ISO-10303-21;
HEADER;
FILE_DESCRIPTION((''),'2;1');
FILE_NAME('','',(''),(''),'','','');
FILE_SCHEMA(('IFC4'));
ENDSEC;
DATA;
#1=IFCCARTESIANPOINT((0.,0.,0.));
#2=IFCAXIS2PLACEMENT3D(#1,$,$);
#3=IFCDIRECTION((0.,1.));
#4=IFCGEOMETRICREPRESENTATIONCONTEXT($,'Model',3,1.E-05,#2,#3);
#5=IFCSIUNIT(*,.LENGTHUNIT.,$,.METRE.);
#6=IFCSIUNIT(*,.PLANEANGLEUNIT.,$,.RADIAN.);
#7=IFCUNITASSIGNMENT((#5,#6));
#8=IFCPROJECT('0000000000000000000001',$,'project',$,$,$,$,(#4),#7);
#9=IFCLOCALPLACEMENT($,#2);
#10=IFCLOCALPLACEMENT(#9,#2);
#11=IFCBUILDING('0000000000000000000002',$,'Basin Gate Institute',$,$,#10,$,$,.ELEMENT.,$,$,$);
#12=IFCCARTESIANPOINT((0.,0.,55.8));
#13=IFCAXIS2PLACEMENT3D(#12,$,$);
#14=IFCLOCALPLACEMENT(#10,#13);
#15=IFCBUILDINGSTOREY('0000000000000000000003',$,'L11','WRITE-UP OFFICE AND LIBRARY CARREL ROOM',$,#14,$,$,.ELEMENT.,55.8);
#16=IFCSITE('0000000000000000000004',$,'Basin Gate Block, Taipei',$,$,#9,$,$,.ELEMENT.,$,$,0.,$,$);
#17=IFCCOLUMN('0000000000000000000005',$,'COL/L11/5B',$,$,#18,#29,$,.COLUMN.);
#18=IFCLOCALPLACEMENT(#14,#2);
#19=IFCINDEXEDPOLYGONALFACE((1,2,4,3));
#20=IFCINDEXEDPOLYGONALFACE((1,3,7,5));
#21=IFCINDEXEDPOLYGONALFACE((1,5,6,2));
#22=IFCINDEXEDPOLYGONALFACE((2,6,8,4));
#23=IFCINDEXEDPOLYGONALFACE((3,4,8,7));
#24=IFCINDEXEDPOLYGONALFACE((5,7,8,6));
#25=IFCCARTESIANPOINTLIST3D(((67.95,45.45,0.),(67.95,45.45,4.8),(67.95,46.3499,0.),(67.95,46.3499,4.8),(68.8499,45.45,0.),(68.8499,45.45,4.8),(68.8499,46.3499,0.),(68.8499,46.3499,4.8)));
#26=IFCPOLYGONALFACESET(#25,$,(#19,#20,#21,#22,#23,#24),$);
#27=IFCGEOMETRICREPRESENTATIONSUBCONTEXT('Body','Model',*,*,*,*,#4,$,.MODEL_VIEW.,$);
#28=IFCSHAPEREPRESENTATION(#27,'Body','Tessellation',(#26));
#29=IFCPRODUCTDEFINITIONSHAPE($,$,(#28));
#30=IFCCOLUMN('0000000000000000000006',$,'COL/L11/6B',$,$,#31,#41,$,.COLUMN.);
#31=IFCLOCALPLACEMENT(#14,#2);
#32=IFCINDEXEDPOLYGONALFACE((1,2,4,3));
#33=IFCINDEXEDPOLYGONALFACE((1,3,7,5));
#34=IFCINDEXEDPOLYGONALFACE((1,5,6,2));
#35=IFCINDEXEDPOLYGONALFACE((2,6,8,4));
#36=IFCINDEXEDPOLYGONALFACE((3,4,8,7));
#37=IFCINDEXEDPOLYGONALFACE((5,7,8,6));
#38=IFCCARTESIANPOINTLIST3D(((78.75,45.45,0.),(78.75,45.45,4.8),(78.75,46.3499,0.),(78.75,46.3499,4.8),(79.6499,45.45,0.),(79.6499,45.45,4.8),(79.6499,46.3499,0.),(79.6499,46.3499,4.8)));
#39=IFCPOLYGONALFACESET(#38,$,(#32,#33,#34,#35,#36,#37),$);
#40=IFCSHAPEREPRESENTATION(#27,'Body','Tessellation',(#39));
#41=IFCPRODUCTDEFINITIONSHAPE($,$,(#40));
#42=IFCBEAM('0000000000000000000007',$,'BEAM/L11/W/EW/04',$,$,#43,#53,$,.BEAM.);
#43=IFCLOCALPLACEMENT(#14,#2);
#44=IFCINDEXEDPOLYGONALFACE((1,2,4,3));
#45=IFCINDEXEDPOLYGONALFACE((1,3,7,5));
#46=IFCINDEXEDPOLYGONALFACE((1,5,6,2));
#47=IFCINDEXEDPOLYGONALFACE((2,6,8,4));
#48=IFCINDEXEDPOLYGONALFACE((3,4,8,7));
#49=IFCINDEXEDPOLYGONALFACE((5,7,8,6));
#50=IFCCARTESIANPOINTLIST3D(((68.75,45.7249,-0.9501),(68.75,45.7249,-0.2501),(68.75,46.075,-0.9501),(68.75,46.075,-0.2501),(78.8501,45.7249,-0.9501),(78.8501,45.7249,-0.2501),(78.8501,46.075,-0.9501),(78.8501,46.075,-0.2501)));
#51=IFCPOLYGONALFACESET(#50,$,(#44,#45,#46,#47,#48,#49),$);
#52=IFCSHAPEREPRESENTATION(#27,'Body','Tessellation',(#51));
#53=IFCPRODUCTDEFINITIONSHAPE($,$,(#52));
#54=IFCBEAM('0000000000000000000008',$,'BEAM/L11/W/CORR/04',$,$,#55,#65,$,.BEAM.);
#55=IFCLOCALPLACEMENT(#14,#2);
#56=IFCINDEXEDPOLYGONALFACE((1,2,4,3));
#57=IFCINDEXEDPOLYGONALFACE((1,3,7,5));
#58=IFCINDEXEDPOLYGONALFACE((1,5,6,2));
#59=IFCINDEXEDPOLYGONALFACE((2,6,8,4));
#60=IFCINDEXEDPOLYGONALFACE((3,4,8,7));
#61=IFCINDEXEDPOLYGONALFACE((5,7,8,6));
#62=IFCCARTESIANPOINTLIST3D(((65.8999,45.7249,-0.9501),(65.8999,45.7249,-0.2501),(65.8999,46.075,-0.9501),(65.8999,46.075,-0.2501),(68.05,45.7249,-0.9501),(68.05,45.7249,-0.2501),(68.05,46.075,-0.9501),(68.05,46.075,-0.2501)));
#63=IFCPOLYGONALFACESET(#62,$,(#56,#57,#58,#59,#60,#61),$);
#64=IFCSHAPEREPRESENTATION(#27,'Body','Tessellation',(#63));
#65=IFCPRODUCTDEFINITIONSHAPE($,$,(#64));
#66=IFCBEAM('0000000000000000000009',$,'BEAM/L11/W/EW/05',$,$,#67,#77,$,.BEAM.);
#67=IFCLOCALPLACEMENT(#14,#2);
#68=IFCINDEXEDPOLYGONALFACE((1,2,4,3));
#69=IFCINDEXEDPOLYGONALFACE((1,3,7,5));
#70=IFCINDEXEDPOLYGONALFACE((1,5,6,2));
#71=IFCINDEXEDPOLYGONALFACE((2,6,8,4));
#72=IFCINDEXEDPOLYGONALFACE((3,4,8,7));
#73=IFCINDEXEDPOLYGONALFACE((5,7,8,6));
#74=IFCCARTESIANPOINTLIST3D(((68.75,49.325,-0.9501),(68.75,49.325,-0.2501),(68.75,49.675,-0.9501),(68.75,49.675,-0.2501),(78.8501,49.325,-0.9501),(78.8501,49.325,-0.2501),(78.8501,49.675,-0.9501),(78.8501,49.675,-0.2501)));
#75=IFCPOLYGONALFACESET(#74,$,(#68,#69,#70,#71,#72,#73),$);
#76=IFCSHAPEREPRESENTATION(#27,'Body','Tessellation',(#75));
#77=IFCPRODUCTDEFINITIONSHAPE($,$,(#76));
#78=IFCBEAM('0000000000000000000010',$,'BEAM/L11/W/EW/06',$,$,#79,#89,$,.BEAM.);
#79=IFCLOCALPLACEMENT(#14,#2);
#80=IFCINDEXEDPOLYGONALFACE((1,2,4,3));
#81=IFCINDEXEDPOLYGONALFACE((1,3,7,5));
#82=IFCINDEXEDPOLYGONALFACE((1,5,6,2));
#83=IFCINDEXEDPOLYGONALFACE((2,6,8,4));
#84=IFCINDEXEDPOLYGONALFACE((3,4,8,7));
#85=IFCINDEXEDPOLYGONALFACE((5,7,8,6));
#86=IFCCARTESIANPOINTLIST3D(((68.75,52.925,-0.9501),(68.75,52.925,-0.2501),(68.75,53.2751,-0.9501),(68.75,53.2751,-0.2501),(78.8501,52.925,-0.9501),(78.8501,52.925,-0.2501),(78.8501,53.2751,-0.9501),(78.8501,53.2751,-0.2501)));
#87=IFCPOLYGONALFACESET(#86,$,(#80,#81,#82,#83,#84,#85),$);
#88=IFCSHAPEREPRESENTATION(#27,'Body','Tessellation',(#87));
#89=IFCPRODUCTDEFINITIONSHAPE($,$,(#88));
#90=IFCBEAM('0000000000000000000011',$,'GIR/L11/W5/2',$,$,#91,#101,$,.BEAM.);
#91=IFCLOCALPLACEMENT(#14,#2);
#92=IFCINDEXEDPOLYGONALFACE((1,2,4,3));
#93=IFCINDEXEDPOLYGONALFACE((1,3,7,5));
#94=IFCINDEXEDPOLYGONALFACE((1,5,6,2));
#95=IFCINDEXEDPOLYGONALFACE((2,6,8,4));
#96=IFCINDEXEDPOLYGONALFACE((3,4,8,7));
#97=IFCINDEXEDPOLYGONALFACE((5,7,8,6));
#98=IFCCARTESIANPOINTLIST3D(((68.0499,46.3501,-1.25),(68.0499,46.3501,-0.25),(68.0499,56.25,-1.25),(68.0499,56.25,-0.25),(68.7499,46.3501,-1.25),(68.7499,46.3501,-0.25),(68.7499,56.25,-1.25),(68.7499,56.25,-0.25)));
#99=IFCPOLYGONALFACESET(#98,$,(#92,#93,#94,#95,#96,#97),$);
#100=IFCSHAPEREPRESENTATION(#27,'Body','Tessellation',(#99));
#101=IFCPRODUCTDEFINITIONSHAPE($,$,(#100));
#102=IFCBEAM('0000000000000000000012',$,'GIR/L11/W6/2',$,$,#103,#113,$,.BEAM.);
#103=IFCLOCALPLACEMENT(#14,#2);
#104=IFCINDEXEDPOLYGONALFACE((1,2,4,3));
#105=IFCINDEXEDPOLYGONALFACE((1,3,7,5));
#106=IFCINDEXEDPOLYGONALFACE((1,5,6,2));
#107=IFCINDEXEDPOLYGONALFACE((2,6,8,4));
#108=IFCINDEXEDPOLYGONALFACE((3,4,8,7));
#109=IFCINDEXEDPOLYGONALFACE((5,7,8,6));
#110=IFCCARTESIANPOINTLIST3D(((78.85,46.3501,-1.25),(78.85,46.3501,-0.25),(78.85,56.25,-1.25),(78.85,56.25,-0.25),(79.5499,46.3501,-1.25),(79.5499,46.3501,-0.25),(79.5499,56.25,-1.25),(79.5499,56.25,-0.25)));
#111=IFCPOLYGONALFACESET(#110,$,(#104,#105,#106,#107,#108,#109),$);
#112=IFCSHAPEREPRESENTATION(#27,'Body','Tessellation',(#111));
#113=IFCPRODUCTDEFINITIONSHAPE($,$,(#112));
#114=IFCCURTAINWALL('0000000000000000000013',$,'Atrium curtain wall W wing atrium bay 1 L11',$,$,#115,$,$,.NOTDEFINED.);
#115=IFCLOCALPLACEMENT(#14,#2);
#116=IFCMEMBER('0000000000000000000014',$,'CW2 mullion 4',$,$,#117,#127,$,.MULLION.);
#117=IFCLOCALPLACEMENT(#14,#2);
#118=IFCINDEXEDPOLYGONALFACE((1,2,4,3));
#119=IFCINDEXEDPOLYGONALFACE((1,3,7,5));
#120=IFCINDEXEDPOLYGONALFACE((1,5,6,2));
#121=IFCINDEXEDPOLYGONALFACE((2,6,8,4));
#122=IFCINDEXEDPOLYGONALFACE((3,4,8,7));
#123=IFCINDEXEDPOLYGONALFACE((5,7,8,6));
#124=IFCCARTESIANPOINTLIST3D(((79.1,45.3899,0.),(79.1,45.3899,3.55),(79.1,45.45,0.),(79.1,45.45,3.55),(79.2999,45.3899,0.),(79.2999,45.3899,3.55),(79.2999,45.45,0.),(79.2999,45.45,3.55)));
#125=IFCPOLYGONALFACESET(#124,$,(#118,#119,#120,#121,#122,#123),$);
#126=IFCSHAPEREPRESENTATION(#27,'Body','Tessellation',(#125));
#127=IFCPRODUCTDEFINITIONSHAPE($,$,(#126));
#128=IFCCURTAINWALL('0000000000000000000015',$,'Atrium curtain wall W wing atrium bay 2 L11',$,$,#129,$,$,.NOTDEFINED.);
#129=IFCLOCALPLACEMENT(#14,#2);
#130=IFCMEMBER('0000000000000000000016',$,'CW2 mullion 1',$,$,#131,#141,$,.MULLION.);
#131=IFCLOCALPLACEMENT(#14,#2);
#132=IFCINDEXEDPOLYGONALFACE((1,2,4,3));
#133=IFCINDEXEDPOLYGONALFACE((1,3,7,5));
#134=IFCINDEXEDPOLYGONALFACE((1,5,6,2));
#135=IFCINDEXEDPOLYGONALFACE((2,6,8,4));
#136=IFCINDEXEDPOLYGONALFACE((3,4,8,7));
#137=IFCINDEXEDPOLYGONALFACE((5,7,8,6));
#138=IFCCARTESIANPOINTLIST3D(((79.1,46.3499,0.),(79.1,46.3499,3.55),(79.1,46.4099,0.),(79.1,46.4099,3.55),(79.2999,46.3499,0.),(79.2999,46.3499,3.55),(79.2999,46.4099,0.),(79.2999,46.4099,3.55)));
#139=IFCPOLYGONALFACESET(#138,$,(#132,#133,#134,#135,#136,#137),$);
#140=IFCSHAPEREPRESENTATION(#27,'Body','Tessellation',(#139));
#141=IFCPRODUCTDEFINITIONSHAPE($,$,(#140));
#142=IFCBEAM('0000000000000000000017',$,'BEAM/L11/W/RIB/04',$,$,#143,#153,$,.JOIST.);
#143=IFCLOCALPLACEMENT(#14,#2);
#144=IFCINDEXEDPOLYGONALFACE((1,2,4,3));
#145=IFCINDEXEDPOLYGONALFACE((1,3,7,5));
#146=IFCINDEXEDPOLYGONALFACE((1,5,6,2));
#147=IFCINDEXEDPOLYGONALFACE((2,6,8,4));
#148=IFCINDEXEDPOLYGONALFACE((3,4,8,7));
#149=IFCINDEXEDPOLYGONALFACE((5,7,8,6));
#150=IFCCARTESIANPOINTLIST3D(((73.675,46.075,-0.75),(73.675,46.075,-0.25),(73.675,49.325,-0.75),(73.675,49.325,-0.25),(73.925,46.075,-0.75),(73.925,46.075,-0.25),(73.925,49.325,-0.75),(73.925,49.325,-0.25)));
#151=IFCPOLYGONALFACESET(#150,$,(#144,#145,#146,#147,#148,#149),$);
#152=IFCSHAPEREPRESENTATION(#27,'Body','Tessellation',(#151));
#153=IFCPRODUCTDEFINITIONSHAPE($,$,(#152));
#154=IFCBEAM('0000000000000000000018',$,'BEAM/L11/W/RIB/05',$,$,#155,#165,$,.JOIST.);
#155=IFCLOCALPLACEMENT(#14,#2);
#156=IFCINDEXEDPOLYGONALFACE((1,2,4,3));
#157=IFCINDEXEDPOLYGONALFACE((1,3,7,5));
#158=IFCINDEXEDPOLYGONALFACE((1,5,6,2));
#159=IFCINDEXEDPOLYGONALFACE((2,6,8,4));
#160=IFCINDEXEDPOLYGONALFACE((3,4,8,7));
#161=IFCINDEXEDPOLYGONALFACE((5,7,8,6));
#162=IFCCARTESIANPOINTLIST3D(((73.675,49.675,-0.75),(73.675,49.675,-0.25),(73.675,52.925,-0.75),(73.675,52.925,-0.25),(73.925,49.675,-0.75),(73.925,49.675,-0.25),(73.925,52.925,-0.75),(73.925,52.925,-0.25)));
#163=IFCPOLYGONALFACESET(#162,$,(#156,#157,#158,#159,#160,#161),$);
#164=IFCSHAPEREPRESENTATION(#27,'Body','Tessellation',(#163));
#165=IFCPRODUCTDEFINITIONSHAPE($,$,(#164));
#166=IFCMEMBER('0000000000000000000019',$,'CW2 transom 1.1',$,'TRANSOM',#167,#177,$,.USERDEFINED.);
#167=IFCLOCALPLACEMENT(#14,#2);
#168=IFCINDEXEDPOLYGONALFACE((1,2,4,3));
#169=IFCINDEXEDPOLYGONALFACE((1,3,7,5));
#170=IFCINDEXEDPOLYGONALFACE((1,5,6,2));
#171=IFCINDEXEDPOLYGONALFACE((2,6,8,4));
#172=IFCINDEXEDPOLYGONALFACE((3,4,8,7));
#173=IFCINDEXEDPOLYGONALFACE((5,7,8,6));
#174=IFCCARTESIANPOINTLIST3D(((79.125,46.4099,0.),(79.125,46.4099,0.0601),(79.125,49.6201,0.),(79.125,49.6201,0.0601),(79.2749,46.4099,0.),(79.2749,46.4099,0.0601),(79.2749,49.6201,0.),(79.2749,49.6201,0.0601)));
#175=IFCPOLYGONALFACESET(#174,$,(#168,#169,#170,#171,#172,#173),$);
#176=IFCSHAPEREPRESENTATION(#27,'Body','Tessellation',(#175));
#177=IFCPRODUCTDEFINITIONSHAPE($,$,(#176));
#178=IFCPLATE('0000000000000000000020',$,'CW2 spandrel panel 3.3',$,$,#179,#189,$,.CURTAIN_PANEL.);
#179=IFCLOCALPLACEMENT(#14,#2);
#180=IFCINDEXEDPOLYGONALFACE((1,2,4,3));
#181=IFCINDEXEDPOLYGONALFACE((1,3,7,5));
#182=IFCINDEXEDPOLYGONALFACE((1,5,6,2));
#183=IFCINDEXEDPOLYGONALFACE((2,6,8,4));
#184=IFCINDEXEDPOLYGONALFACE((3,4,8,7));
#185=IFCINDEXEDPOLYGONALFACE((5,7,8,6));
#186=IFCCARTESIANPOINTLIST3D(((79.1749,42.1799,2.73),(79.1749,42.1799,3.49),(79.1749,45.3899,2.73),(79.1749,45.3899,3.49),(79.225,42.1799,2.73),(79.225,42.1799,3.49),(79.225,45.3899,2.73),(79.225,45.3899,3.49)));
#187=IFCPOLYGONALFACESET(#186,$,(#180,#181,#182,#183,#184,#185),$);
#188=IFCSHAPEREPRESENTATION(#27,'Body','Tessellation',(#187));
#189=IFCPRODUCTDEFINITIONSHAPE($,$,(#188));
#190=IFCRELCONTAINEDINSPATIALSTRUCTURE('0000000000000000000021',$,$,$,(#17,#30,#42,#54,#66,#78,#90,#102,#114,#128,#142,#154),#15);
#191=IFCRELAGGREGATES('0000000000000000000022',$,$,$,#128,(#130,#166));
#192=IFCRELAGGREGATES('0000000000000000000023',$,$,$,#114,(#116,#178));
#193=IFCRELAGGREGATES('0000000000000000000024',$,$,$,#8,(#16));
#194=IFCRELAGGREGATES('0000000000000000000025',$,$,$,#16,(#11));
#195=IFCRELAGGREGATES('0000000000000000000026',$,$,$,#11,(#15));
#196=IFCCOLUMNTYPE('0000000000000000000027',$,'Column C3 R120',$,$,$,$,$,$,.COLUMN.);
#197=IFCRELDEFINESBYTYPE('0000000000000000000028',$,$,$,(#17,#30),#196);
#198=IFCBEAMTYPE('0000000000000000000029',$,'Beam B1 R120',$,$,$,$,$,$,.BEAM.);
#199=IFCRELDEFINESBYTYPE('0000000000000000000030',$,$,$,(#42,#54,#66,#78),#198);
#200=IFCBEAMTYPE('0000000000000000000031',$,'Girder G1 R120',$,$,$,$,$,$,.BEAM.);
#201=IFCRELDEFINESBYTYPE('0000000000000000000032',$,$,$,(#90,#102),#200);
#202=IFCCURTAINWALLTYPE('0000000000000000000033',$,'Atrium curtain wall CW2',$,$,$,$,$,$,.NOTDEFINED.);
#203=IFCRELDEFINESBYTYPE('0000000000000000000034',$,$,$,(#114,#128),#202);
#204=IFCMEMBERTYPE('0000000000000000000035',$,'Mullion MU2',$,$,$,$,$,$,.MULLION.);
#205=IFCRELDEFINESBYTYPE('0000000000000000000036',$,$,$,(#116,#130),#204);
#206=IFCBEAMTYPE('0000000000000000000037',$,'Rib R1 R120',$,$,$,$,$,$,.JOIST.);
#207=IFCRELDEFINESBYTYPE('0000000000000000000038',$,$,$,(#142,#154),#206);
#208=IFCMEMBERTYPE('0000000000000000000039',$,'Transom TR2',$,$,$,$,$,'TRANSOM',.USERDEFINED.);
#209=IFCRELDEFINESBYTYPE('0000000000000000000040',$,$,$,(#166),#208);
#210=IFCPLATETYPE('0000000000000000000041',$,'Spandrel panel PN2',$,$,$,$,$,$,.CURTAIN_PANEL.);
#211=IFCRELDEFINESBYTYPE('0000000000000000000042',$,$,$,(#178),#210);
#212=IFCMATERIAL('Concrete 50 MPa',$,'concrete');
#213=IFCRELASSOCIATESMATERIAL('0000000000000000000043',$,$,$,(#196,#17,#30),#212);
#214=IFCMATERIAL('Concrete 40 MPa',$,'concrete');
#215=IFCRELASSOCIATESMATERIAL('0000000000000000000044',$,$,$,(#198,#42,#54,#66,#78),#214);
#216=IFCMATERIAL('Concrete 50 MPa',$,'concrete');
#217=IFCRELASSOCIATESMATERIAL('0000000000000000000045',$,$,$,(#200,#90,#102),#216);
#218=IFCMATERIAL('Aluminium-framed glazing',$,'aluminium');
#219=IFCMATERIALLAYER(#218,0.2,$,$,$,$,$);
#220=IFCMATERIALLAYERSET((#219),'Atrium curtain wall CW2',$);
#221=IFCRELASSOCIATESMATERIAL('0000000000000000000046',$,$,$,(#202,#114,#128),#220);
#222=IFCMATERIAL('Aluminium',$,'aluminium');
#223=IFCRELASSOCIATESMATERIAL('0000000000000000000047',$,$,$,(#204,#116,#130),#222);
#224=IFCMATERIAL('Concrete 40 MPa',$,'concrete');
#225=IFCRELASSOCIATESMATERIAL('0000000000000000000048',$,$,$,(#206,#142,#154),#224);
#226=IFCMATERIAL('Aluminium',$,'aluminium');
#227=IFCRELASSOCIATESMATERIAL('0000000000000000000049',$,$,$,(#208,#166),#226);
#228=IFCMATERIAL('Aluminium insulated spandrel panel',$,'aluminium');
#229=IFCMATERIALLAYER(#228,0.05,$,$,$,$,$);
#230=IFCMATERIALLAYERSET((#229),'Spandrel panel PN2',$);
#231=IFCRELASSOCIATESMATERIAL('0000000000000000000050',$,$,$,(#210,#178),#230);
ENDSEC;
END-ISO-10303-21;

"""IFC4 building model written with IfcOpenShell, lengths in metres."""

from ifc_helpers import new_model, si_unit, direction, frame, origin, origin_2d, place, context, subcontext, project, spatial, rectangle, extrude, material, layer, layer_set, material_profile, profile_set, type_object, element, aggregate, save


model = new_model("IFC4")

# Units and contexts
model_context = context("Model", 3, precision=1e-05, world=origin(), true_north=direction((0.0, 1.0)))
body_context = subcontext(model_context, "Body", "Model", "MODEL_VIEW")
ifc_project = project(units=[si_unit("LENGTHUNIT", "METRE"), si_unit("PLANEANGLEUNIT", "RADIAN")], contexts=[model_context])

# Site, building, storey
site_placement = place(None, origin())
site = spatial("IfcSite", under=ifc_project, at=site_placement, Name="Basin Gate Block, Taipei", CompositionType="ELEMENT", RefElevation=0.0)
building_placement = place(site_placement, origin())
building = spatial("IfcBuilding", under=site, at=building_placement, Name="Basin Gate Institute", CompositionType="ELEMENT")
storey_placement = place(building_placement, frame((0.0, 0.0, 55.8)))
storey = spatial("IfcBuildingStorey", under=building, at=storey_placement, Name="L11", Description="WRITE-UP OFFICE AND LIBRARY CARREL ROOM", CompositionType="ELEMENT", Elevation=55.8)

# Columns
ifc_material_1 = material(Name="Concrete 50 MPa", Category="concrete")
ifc_material_profile_1 = material_profile(ifc_material_1, rectangle(XDim=0.8999, YDim=0.8999, at=origin_2d()), Name="Column C3 900 x 900")
ifc_profile_set_1 = profile_set([ifc_material_profile_1], Name="Concrete 50 MPa")
column_type = type_object("IfcColumnType", Name="Column C3 R120", PredefinedType="COLUMN", material=ifc_profile_set_1)
for number, where, z_axis, x_axis, name in (
    (1, (68.3999, 45.8999, 0.0), (0.0, 0.0, 1.0), (1.0, 0.0, 0.0), "COL/L11/5B"),
    (2, (79.2, 45.8999, 0.0), (0.0, 0.0, 1.0), (1.0, 0.0, 0.0), "COL/L11/6B"),
):
    element("IfcColumn", number, at=place(storey_placement, frame(where, z_axis=z_axis, x_axis=x_axis)), inside=storey, type_object=column_type, material=ifc_profile_set_1, Name=name, PredefinedType="COLUMN", context=body_context, shape_type="SweptSolid", body=[
        extrude(rectangle(XDim=0.8999, YDim=0.8999, at=origin_2d()), origin(), (0.0, 0.0, 1.0), 4.8),
    ])

# Beams
ifc_material_2 = material(Name="Concrete 40 MPa", Category="concrete")
ifc_material_profile_2 = material_profile(ifc_material_2, rectangle(XDim=0.3501, YDim=0.7, at=origin_2d()), Name="Beam B1 350 x 700")
ifc_profile_set_2 = profile_set([ifc_material_profile_2], Name="Concrete 40 MPa")
beam_type_1 = type_object("IfcBeamType", Name="Beam B1 R120", PredefinedType="BEAM", material=ifc_profile_set_2)
beam_1_placement = place(storey_placement, frame((68.75, 45.8999, -0.6001), z_axis=(1.0, 0.0, 0.0), x_axis=(0.0, 1.0, 0.0)))
element("IfcBeam", 3, at=beam_1_placement, inside=storey, type_object=beam_type_1, material=ifc_profile_set_2, Name="BEAM/L11/W/EW/04", PredefinedType="BEAM", context=body_context, shape_type="SweptSolid", body=[
    extrude(rectangle(XDim=0.3501, YDim=0.7, at=origin_2d()), origin(), (0.0, 0.0, 1.0), 10.1001),
])
beam_2_placement = place(storey_placement, frame((65.8999, 45.8999, -0.6001), z_axis=(1.0, 0.0, 0.0), x_axis=(0.0, 1.0, 0.0)))
element("IfcBeam", 4, at=beam_2_placement, inside=storey, type_object=beam_type_1, material=ifc_profile_set_2, Name="BEAM/L11/W/CORR/04", PredefinedType="BEAM", context=body_context, shape_type="SweptSolid", body=[
    extrude(rectangle(XDim=0.3501, YDim=0.7, at=origin_2d()), origin(), (0.0, 0.0, 1.0), 2.1501),
])
for number, where, z_axis, x_axis, name in (
    (5, (68.75, 49.5, -0.6001), (1.0, 0.0, 0.0), (0.0, 1.0, 0.0), "BEAM/L11/W/EW/05"),
    (6, (68.75, 53.1001, -0.6001), (1.0, 0.0, 0.0), (0.0, 1.0, 0.0), "BEAM/L11/W/EW/06"),
):
    element("IfcBeam", number, at=place(storey_placement, frame(where, z_axis=z_axis, x_axis=x_axis)), inside=storey, type_object=beam_type_1, material=ifc_profile_set_2, Name=name, PredefinedType="BEAM", context=body_context, shape_type="SweptSolid", body=[
        extrude(rectangle(XDim=0.3501, YDim=0.7, at=origin_2d()), origin(), (0.0, 0.0, 1.0), 10.1001),
    ])
ifc_material_3 = material(Name="Concrete 50 MPa", Category="concrete")
ifc_material_profile_3 = material_profile(ifc_material_3, rectangle(XDim=0.7, YDim=1.0, at=origin_2d()), Name="Girder G1 700 x 1000")
ifc_profile_set_3 = profile_set([ifc_material_profile_3], Name="Concrete 50 MPa")
beam_type_2 = type_object("IfcBeamType", Name="Girder G1 R120", PredefinedType="BEAM", material=ifc_profile_set_3)
for number, where, z_axis, x_axis, name in (
    (7, (68.3999, 46.3501, -0.75), (0.0, 1.0, 0.0), (-1.0, 0.0, 0.0), "GIR/L11/W5/2"),
    (8, (79.2, 46.3501, -0.75), (0.0, 1.0, 0.0), (-1.0, 0.0, 0.0), "GIR/L11/W6/2"),
):
    element("IfcBeam", number, at=place(storey_placement, frame(where, z_axis=z_axis, x_axis=x_axis)), inside=storey, type_object=beam_type_2, material=ifc_profile_set_3, Name=name, PredefinedType="BEAM", context=body_context, shape_type="SweptSolid", body=[
        extrude(rectangle(XDim=0.7, YDim=1.0, at=origin_2d()), origin(), (0.0, 0.0, 1.0), 9.8999),
    ])

# Curtain walls, members
ifc_material_4 = material(Name="Aluminium-framed glazing", Category="aluminium")
ifc_layer_1 = layer(ifc_material_4, 0.2)
ifc_layer_set_1 = layer_set([ifc_layer_1], Name="Atrium curtain wall CW2")
curtain_wall_type = type_object("IfcCurtainWallType", Name="Atrium curtain wall CW2", PredefinedType="NOTDEFINED", material=ifc_layer_set_1)
curtain_wall_1_placement = place(storey_placement, origin())
curtain_wall_1 = element("IfcCurtainWall", 9, at=curtain_wall_1_placement, inside=storey, type_object=curtain_wall_type, material=ifc_layer_set_1, Name="Atrium curtain wall W wing atrium bay 1 L11", PredefinedType="NOTDEFINED")
ifc_material_5 = material(Name="Aluminium", Category="aluminium")
ifc_material_profile_4 = material_profile(ifc_material_5, rectangle(XDim=0.2, YDim=0.0601, at=origin_2d()), Name="Mullion MU2 200 x 60")
ifc_profile_set_4 = profile_set([ifc_material_profile_4], Name="Aluminium")
member_type_1 = type_object("IfcMemberType", Name="Mullion MU2", PredefinedType="MULLION", material=ifc_profile_set_4)
member_1_placement = place(storey_placement, frame((79.2, 45.4199, 0.0), z_axis=(0.0, 0.0, 1.0), x_axis=(-1.0, 0.0, 0.0)))
member_1 = element("IfcMember", 10, at=member_1_placement, type_object=member_type_1, material=ifc_profile_set_4, Name="CW2 mullion 4", PredefinedType="MULLION", context=body_context, shape_type="SweptSolid", body=[
    extrude(rectangle(XDim=0.2, YDim=0.0601, at=origin_2d()), origin(), (0.0, 0.0, 1.0), 3.55),
])
curtain_wall_2_placement = place(storey_placement, origin())
curtain_wall_2 = element("IfcCurtainWall", 11, at=curtain_wall_2_placement, inside=storey, type_object=curtain_wall_type, material=ifc_layer_set_1, Name="Atrium curtain wall W wing atrium bay 2 L11", PredefinedType="NOTDEFINED")
member_2_placement = place(storey_placement, frame((79.2, 46.3799, 0.0), z_axis=(0.0, 0.0, 1.0), x_axis=(-1.0, 0.0, 0.0)))
member_2 = element("IfcMember", 12, at=member_2_placement, type_object=member_type_1, material=ifc_profile_set_4, Name="CW2 mullion 1", PredefinedType="MULLION", context=body_context, shape_type="SweptSolid", body=[
    extrude(rectangle(XDim=0.2, YDim=0.0601, at=origin_2d()), origin(), (0.0, 0.0, 1.0), 3.55),
])

# Beams
ifc_material_6 = material(Name="Concrete 40 MPa", Category="concrete")
ifc_material_profile_5 = material_profile(ifc_material_6, rectangle(XDim=0.25, YDim=0.5, at=origin_2d()), Name="Rib R1 250 x 500")
ifc_profile_set_5 = profile_set([ifc_material_profile_5], Name="Concrete 40 MPa")
beam_type_3 = type_object("IfcBeamType", Name="Rib R1 R120", PredefinedType="JOIST", material=ifc_profile_set_5)
for number, where, z_axis, x_axis, name in (
    (13, (73.8, 46.075, -0.5), (0.0, 1.0, 0.0), (-1.0, 0.0, 0.0), "BEAM/L11/W/RIB/04"),
    (14, (73.8, 49.675, -0.5), (0.0, 1.0, 0.0), (-1.0, 0.0, 0.0), "BEAM/L11/W/RIB/05"),
):
    element("IfcBeam", number, at=place(storey_placement, frame(where, z_axis=z_axis, x_axis=x_axis)), inside=storey, type_object=beam_type_3, material=ifc_profile_set_5, Name=name, PredefinedType="JOIST", context=body_context, shape_type="SweptSolid", body=[
        extrude(rectangle(XDim=0.25, YDim=0.5, at=origin_2d()), origin(), (0.0, 0.0, 1.0), 3.25),
    ])

# Member
ifc_material_7 = material(Name="Aluminium", Category="aluminium")
ifc_material_profile_6 = material_profile(ifc_material_7, rectangle(XDim=0.1499, YDim=0.0601, at=origin_2d()), Name="Transom TR2 150 x 60")
ifc_profile_set_6 = profile_set([ifc_material_profile_6], Name="Aluminium")
member_type_2 = type_object("IfcMemberType", Name="Transom TR2", ElementType="TRANSOM", PredefinedType="USERDEFINED", material=ifc_profile_set_6)
member_3_placement = place(storey_placement, frame((79.2, 46.4099, 0.03), z_axis=(0.0, 1.0, 0.0), x_axis=(-1.0, 0.0, 0.0)))
member_3 = element("IfcMember", 15, at=member_3_placement, type_object=member_type_2, material=ifc_profile_set_6, Name="CW2 transom 1.1", ObjectType="TRANSOM", PredefinedType="USERDEFINED", context=body_context, shape_type="SweptSolid", body=[
    extrude(rectangle(XDim=0.1499, YDim=0.0601, at=origin_2d()), origin(), (0.0, 0.0, 1.0), 3.2102),
])
aggregate(curtain_wall_2, [member_2, member_3])

# Plate
ifc_material_8 = material(Name="Aluminium insulated spandrel panel", Category="aluminium")
ifc_layer_2 = layer(ifc_material_8, 0.05)
ifc_layer_set_2 = layer_set([ifc_layer_2], Name="Spandrel panel PN2")
plate_type_1 = type_object("IfcPlateType", Name="Spandrel panel PN2", PredefinedType="CURTAIN_PANEL", material=ifc_layer_set_2)
plate_1_placement = place(storey_placement, frame((79.2, 43.7849, 2.73), z_axis=(0.0, 0.0, 1.0), x_axis=(0.0, 1.0, 0.0)))
plate_1 = element("IfcPlate", 16, at=plate_1_placement, type_object=plate_type_1, material=ifc_layer_set_2, Name="CW2 spandrel panel 3.3", PredefinedType="CURTAIN_PANEL", context=body_context, shape_type="SweptSolid", body=[
    extrude(rectangle(XDim=3.21, YDim=0.05, at=origin_2d()), origin(), (0.0, 0.0, 1.0), 0.76),
])
aggregate(curtain_wall_1, [member_1, plate_1])

save(model, "model.ifc")
